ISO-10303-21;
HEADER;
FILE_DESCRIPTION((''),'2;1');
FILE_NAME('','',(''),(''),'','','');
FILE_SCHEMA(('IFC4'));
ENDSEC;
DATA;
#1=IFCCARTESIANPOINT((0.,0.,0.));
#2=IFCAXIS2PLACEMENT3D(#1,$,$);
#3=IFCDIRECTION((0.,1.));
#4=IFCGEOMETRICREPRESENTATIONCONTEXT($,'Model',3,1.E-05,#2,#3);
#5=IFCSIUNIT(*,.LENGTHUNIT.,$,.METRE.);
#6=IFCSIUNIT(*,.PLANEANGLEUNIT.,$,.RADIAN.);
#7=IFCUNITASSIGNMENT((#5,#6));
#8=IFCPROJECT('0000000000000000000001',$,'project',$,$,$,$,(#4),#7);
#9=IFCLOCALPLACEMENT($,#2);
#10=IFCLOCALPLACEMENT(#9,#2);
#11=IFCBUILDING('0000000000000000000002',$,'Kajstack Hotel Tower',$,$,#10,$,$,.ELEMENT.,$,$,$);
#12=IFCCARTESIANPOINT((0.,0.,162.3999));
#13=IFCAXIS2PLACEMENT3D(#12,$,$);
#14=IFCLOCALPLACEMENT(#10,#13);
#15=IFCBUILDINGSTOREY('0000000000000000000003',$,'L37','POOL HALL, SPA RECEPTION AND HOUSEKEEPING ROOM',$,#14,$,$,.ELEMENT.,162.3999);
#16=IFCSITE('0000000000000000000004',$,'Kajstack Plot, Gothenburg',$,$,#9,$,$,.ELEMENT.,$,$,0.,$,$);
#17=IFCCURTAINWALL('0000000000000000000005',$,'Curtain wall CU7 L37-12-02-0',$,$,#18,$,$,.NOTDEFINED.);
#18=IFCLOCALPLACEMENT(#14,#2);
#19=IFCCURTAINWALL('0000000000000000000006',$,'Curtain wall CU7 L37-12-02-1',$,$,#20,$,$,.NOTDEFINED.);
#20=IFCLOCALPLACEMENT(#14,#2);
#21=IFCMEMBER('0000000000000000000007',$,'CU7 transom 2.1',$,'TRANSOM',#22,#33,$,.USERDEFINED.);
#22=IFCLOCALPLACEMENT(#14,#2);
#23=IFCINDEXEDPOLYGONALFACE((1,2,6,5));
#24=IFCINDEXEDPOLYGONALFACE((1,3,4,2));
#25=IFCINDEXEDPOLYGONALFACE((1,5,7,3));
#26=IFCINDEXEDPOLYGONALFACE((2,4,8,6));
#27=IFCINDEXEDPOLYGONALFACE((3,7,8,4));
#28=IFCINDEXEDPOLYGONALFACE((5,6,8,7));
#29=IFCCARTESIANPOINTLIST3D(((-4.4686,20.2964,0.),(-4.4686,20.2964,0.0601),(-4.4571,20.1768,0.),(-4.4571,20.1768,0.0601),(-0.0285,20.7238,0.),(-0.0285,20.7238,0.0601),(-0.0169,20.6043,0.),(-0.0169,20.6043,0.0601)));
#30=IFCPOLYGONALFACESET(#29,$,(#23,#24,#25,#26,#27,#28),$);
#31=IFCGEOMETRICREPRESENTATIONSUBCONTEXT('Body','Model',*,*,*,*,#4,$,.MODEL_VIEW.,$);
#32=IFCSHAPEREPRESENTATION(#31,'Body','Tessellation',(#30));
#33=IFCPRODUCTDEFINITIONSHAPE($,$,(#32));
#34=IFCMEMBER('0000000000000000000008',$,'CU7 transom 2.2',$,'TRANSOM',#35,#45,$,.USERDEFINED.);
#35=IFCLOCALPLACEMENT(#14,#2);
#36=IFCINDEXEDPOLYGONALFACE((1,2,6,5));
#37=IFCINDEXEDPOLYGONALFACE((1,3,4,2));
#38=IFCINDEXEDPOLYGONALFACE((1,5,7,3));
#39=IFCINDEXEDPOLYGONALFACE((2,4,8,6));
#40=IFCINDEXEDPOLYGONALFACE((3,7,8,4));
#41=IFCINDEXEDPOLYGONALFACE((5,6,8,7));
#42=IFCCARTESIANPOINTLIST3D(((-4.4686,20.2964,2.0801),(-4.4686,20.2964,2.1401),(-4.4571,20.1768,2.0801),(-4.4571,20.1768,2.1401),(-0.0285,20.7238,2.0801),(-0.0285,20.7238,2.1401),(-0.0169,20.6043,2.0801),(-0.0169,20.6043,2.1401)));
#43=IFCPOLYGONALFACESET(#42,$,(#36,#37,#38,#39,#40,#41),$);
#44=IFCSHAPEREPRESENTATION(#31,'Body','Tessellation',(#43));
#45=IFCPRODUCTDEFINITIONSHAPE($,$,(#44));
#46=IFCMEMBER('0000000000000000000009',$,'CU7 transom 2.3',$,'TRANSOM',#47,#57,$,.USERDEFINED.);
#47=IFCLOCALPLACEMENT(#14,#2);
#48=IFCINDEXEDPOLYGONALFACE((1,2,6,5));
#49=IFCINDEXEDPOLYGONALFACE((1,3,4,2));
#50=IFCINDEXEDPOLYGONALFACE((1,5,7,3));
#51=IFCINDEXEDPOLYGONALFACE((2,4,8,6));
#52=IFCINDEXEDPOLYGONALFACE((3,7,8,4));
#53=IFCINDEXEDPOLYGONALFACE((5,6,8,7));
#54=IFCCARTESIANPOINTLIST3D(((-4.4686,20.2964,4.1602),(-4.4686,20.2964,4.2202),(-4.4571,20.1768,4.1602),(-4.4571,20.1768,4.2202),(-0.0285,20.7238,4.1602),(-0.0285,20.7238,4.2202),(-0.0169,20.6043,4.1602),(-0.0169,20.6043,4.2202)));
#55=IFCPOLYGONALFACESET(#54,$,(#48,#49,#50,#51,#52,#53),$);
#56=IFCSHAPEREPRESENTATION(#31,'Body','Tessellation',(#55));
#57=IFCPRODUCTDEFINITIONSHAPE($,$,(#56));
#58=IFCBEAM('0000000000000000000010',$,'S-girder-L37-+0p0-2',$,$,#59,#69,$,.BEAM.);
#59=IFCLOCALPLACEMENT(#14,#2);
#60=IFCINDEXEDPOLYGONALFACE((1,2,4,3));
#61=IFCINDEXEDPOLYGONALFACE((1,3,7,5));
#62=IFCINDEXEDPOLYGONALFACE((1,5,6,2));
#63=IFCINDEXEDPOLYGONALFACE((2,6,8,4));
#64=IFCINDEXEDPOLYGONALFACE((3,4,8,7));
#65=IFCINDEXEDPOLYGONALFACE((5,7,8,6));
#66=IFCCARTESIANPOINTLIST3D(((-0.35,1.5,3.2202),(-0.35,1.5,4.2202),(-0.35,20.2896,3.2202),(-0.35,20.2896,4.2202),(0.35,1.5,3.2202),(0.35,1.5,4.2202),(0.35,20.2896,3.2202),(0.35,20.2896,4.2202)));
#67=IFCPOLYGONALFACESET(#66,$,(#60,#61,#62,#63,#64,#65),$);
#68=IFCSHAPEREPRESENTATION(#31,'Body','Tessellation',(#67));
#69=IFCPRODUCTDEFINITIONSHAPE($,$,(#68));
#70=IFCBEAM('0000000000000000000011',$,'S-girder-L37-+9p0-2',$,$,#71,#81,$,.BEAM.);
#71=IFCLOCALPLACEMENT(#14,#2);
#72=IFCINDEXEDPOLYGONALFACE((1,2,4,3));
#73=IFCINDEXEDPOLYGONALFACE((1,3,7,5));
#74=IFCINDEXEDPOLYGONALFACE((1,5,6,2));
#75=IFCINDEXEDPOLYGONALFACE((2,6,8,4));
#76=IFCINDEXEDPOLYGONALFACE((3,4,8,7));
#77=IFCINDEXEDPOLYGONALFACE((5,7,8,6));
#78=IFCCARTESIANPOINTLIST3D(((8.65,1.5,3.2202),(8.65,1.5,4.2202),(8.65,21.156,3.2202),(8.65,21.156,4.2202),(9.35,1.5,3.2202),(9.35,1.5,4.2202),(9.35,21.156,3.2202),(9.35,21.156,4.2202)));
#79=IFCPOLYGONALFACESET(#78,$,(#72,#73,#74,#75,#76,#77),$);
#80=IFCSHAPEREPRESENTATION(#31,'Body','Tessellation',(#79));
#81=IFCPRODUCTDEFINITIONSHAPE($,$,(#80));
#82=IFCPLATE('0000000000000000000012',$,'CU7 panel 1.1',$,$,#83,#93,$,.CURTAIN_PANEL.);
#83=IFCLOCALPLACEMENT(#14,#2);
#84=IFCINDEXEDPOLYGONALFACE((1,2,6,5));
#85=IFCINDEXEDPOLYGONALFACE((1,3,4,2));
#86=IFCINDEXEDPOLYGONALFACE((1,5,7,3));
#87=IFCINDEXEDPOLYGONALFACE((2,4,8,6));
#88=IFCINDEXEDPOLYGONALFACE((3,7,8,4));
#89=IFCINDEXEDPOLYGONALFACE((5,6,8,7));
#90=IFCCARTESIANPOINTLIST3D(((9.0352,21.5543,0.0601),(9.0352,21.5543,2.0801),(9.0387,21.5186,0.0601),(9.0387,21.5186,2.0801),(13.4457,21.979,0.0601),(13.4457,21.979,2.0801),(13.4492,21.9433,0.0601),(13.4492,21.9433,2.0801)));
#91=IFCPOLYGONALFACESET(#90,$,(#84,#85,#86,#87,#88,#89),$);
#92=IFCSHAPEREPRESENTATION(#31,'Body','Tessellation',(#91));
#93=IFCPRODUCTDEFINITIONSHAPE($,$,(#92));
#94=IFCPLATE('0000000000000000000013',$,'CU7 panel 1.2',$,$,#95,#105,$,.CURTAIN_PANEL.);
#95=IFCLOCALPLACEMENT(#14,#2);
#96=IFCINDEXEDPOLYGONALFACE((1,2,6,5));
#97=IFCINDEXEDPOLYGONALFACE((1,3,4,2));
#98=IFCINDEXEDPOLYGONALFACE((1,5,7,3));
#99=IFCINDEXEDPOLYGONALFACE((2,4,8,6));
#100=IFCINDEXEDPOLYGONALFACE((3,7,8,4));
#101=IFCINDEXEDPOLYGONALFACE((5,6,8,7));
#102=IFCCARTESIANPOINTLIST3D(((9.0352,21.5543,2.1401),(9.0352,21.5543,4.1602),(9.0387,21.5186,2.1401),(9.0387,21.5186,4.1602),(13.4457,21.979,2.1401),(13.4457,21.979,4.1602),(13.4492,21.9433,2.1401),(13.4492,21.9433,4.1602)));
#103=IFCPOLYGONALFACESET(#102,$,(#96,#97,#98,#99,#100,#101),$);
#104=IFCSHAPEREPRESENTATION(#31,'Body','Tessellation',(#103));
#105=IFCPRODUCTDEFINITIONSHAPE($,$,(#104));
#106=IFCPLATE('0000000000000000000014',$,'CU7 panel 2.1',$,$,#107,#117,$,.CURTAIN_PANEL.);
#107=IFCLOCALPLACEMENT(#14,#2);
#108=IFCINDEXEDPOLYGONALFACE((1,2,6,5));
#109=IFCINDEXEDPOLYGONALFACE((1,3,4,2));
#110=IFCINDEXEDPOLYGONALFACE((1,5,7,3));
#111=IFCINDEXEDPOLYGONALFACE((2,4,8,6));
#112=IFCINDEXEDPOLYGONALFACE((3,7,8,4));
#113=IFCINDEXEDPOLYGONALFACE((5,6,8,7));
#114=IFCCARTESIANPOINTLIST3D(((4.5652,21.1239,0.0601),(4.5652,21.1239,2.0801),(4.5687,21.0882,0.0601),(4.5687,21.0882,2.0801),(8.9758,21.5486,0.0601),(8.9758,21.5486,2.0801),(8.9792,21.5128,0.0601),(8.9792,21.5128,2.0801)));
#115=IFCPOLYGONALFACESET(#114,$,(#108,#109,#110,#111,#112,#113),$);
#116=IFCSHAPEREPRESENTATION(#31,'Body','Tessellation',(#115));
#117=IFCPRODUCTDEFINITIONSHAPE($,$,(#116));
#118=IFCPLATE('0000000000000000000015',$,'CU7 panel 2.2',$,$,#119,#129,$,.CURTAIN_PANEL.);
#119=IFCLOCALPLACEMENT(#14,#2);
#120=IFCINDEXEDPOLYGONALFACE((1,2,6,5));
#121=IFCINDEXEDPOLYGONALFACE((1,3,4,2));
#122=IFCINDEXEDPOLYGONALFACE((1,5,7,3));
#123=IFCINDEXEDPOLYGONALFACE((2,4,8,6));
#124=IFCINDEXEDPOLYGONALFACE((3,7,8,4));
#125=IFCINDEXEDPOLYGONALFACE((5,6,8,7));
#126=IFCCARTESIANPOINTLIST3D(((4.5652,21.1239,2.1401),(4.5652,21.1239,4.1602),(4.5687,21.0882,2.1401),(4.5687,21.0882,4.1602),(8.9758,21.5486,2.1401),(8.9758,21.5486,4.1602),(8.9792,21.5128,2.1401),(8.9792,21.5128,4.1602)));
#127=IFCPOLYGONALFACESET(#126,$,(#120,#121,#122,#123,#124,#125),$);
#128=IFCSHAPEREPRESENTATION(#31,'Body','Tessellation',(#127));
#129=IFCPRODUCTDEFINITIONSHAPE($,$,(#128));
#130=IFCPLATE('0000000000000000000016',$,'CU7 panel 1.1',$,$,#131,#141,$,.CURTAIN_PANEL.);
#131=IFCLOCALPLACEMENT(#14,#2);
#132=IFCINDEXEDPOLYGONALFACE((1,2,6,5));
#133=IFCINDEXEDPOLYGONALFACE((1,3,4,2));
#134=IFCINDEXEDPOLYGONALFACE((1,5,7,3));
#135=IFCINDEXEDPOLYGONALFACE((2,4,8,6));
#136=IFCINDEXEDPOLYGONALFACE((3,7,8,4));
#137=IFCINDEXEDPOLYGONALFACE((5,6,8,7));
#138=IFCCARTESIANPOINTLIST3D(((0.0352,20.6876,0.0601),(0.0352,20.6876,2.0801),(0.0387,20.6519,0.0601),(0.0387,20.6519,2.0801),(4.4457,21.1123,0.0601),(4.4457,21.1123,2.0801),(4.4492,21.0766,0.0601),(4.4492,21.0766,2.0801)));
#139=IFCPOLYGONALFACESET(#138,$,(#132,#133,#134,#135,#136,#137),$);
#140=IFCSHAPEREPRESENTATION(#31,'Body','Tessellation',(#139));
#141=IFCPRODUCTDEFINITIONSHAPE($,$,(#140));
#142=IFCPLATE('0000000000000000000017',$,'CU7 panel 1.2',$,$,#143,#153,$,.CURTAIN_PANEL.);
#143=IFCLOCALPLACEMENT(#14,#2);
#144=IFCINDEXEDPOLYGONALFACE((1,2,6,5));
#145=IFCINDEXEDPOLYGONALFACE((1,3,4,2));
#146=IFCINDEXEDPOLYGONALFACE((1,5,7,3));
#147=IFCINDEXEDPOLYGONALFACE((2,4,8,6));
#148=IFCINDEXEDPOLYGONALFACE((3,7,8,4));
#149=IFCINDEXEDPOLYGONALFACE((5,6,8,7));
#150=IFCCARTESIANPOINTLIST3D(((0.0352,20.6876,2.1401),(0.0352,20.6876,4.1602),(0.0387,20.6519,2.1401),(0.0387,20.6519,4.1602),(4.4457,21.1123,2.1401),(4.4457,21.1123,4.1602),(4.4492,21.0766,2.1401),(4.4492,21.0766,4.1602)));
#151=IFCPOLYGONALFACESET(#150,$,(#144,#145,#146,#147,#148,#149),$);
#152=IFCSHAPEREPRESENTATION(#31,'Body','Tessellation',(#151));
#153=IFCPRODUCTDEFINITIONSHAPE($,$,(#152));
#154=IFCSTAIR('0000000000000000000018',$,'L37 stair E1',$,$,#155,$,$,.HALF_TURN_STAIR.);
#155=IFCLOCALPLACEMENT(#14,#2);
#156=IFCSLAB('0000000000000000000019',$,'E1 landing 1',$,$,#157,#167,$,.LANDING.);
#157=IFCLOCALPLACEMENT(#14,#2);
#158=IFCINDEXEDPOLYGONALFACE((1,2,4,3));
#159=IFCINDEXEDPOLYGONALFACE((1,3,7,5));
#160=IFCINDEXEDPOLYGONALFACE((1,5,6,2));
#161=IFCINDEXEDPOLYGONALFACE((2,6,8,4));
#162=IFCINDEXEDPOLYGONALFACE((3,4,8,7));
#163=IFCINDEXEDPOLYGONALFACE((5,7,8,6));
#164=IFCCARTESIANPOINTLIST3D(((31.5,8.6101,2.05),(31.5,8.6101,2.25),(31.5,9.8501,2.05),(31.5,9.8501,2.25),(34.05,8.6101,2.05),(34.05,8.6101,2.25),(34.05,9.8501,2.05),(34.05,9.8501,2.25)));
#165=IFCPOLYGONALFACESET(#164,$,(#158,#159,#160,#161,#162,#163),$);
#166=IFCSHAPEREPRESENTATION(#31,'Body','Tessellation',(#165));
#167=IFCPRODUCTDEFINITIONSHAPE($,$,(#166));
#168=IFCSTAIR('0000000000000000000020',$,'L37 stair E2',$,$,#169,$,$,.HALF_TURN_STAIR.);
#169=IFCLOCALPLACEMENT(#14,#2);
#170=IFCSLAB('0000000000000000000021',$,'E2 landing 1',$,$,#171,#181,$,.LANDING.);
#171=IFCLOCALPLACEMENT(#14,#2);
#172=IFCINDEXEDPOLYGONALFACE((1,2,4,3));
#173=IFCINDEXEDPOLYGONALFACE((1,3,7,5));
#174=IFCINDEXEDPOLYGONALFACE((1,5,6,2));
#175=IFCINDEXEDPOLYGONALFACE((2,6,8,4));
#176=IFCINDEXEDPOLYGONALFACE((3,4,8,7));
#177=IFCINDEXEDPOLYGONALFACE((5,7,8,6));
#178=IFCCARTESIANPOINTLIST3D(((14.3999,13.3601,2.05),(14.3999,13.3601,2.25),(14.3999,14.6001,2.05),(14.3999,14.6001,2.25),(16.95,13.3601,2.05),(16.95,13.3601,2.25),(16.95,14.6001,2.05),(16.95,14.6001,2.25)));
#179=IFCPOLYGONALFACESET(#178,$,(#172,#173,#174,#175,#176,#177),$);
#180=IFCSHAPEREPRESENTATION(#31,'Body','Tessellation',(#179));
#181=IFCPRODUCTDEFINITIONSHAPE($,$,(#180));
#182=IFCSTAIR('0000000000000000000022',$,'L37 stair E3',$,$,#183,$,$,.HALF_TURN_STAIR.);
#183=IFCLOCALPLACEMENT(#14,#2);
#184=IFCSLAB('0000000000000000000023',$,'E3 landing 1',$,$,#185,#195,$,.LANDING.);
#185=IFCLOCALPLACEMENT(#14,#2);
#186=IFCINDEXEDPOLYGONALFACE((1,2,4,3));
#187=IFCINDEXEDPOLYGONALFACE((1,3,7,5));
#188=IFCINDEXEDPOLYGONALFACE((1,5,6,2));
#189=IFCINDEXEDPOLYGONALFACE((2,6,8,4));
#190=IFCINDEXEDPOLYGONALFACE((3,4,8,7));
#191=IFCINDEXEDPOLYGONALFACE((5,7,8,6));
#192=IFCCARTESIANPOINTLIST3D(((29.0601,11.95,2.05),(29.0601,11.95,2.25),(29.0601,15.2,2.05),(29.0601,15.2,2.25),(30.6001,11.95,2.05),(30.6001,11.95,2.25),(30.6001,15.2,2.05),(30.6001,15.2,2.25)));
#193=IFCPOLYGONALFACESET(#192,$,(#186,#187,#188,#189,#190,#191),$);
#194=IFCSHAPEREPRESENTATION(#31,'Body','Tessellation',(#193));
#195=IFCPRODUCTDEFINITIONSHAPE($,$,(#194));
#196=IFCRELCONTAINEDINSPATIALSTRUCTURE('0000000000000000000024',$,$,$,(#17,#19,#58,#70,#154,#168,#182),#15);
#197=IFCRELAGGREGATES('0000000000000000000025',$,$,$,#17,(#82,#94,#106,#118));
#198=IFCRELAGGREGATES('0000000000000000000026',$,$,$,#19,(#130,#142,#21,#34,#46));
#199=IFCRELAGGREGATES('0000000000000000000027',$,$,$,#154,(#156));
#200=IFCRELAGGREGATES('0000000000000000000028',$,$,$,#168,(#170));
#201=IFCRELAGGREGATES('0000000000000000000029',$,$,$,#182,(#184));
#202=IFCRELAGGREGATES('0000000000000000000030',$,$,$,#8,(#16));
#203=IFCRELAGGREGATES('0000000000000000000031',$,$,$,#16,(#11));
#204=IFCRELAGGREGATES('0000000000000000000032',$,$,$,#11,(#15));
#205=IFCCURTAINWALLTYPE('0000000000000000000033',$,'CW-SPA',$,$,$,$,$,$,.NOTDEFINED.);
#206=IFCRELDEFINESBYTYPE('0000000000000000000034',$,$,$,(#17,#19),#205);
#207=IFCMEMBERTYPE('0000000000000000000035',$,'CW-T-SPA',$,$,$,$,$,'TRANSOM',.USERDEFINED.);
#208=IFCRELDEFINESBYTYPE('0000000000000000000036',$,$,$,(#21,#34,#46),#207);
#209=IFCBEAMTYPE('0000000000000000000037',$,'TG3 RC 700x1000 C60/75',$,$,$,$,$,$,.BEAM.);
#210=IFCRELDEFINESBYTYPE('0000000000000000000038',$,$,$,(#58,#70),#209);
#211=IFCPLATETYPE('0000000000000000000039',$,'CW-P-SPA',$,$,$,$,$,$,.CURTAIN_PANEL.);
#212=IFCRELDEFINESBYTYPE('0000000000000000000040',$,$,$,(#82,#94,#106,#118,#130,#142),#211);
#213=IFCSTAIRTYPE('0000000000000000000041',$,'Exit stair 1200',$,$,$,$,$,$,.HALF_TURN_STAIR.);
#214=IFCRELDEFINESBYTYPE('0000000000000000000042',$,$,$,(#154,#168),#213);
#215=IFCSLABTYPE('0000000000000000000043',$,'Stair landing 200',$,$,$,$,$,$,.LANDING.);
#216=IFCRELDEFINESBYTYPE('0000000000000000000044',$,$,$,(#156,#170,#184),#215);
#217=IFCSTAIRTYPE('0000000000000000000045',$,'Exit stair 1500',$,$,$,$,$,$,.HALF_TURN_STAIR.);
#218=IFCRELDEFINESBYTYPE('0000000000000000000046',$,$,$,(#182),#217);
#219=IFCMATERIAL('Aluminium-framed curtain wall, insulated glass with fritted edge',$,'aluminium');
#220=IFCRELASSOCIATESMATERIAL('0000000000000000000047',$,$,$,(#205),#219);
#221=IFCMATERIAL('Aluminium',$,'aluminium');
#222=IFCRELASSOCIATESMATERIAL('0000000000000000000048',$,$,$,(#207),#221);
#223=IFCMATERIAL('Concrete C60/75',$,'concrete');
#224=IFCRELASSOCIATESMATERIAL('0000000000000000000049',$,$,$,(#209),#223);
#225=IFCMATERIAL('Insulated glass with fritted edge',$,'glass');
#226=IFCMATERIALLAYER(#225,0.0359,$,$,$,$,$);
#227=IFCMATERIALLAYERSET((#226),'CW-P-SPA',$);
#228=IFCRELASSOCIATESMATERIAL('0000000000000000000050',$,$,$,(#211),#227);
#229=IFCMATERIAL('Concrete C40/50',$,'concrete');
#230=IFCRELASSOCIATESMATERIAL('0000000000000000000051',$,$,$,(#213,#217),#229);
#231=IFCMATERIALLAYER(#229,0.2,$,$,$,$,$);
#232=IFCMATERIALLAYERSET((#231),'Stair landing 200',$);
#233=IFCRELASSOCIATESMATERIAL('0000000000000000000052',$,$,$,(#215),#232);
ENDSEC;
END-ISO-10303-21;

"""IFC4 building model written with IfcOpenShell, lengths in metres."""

from ifc_helpers import new_model, si_unit, direction, frame, origin, origin_2d, place, context, subcontext, project, spatial, polyline, rectangle, outline, extrude, material, layer, layer_set, material_profile, profile_set, type_object, element, aggregate, save


model = new_model("IFC4")

# Units and contexts
model_context = context("Model", 3, precision=1e-05, world=origin(), true_north=direction((0.0, 1.0)))
body_context = subcontext(model_context, "Body", "Model", "MODEL_VIEW")
ifc_project = project(units=[si_unit("LENGTHUNIT", "METRE"), si_unit("PLANEANGLEUNIT", "RADIAN")], contexts=[model_context])

# Site, building, storey
site_placement = place(None, origin())
site = spatial("IfcSite", under=ifc_project, at=site_placement, Name="Kajstack Plot, Gothenburg", CompositionType="ELEMENT", RefElevation=0.0)
building_placement = place(site_placement, origin())
building = spatial("IfcBuilding", under=site, at=building_placement, Name="Kajstack Hotel Tower", CompositionType="ELEMENT")
storey_placement = place(building_placement, frame((0.0, 0.0, 162.3999)))
storey = spatial("IfcBuildingStorey", under=building, at=storey_placement, Name="L37", Description="POOL HALL, SPA RECEPTION AND HOUSEKEEPING ROOM", CompositionType="ELEMENT", Elevation=162.3999)

# Curtain walls
ifc_material_1 = material(Name="Aluminium-framed curtain wall, insulated glass with fritted edge", Category="aluminium")
curtain_wall_type = type_object("IfcCurtainWallType", Name="CW-SPA", PredefinedType="NOTDEFINED", material=ifc_material_1)
curtain_wall_1_placement = place(storey_placement, origin())
curtain_wall_1 = element("IfcCurtainWall", 1, at=curtain_wall_1_placement, inside=storey, type_object=curtain_wall_type, Name="Curtain wall CU7 L37-12-02-0", PredefinedType="NOTDEFINED")
ifc_material_2 = material(Name="Aluminium", Category="aluminium")
curtain_wall_2_placement = place(storey_placement, origin())
curtain_wall_2 = element("IfcCurtainWall", 2, at=curtain_wall_2_placement, inside=storey, type_object=curtain_wall_type, Name="Curtain wall CU7 L37-12-02-1", PredefinedType="NOTDEFINED")

# Members
ifc_material_profile_1 = material_profile(ifc_material_2, rectangle(XDim=0.1201, YDim=0.0601, at=origin_2d()), Name="Aluminium transom 120 x 60")
ifc_profile_set_1 = profile_set([ifc_material_profile_1], Name="Aluminium")
member_type_1 = type_object("IfcMemberType", Name="CW-T-SPA", ElementType="TRANSOM", PredefinedType="USERDEFINED", material=ifc_profile_set_1)
member_1_placement = place(storey_placement, frame((-0.0227, 20.6641, 0.03), z_axis=(-0.995397, -0.095834, 0.0), x_axis=(0.095834, -0.995397, 0.0)))
member_1 = element("IfcMember", 3, at=member_1_placement, type_object=member_type_1, Name="CU7 transom 2.1", ObjectType="TRANSOM", PredefinedType="USERDEFINED", context=body_context, shape_type="SweptSolid", body=[
    extrude(rectangle(XDim=0.1201, YDim=0.0601, at=origin_2d()), origin(), (0.0, 0.0, 1.0), 4.4607),
])
member_2_placement = place(storey_placement, frame((-0.0227, 20.6641, 2.1101), z_axis=(-0.995397, -0.095834, 0.0), x_axis=(0.095834, -0.995397, 0.0)))
member_2 = element("IfcMember", 4, at=member_2_placement, type_object=member_type_1, Name="CU7 transom 2.2", ObjectType="TRANSOM", PredefinedType="USERDEFINED", context=body_context, shape_type="SweptSolid", body=[
    extrude(rectangle(XDim=0.1201, YDim=0.0601, at=origin_2d()), origin(), (0.0, 0.0, 1.0), 4.4607),
])
member_3_placement = place(storey_placement, frame((-0.0227, 20.6641, 4.1902), z_axis=(-0.995397, -0.095834, 0.0), x_axis=(0.095834, -0.995397, 0.0)))
member_3 = element("IfcMember", 5, at=member_3_placement, type_object=member_type_1, Name="CU7 transom 2.3", ObjectType="TRANSOM", PredefinedType="USERDEFINED", context=body_context, shape_type="SweptSolid", body=[
    extrude(rectangle(XDim=0.1201, YDim=0.0601, at=origin_2d()), origin(), (0.0, 0.0, 1.0), 4.4607),
])

# Beams
ifc_material_3 = material(Name="Concrete C60/75", Category="concrete")
ifc_material_profile_2 = material_profile(ifc_material_3, rectangle(XDim=0.7, YDim=1.0, at=origin_2d()), Name="RC 700x1000")
ifc_profile_set_2 = profile_set([ifc_material_profile_2], Name="Concrete C60/75")
beam_type = type_object("IfcBeamType", Name="TG3 RC 700x1000 C60/75", PredefinedType="BEAM", material=ifc_profile_set_2)
beam_1_placement = place(storey_placement, frame((0.0, 1.5, 3.7202), z_axis=(0.0, 1.0, 0.0), x_axis=(-1.0, 0.0, 0.0)))
element("IfcBeam", 6, at=beam_1_placement, inside=storey, type_object=beam_type, Name="S-girder-L37-+0p0-2", PredefinedType="BEAM", context=body_context, shape_type="SweptSolid", body=[
    extrude(rectangle(XDim=0.7, YDim=1.0, at=origin_2d()), origin(), (0.0, 0.0, 1.0), 18.7896),
])
beam_2_placement = place(storey_placement, frame((9.0, 1.5, 3.7202), z_axis=(0.0, 1.0, 0.0), x_axis=(-1.0, 0.0, 0.0)))
element("IfcBeam", 7, at=beam_2_placement, inside=storey, type_object=beam_type, Name="S-girder-L37-+9p0-2", PredefinedType="BEAM", context=body_context, shape_type="SweptSolid", body=[
    extrude(rectangle(XDim=0.7, YDim=1.0, at=origin_2d()), origin(), (0.0, 0.0, 1.0), 19.656),
])

# Plates
ifc_material_4 = material(Name="Insulated glass with fritted edge", Category="glass")
ifc_layer_1 = layer(ifc_material_4, 0.0359)
ifc_layer_set_1 = layer_set([ifc_layer_1], Name="CW-P-SPA")
plate_type = type_object("IfcPlateType", Name="CW-P-SPA", PredefinedType="CURTAIN_PANEL", material=ifc_layer_set_1)
plate_1_placement = place(storey_placement, frame((11.2422, 21.7488, 0.0601), z_axis=(0.0, 0.0, 1.0), x_axis=(-0.995396, -0.095845, 0.0)))
plate_1 = element("IfcPlate", 8, at=plate_1_placement, type_object=plate_type, Name="CU7 panel 1.1", PredefinedType="CURTAIN_PANEL", context=body_context, shape_type="SweptSolid", body=[
    extrude(rectangle(XDim=4.4309, YDim=0.0359, at=origin_2d()), origin(), (0.0, 0.0, 1.0), 2.02),
])
plate_2_placement = place(storey_placement, frame((11.2422, 21.7488, 2.1401), z_axis=(0.0, 0.0, 1.0), x_axis=(-0.995396, -0.095845, 0.0)))
plate_2 = element("IfcPlate", 9, at=plate_2_placement, type_object=plate_type, Name="CU7 panel 1.2", PredefinedType="CURTAIN_PANEL", context=body_context, shape_type="SweptSolid", body=[
    extrude(rectangle(XDim=4.4309, YDim=0.0359, at=origin_2d()), origin(), (0.0, 0.0, 1.0), 2.02),
])
plate_3_placement = place(storey_placement, frame((6.7722, 21.3184, 0.0601), z_axis=(0.0, 0.0, 1.0), x_axis=(-0.995396, -0.095845, 0.0)))
plate_3 = element("IfcPlate", 10, at=plate_3_placement, type_object=plate_type, Name="CU7 panel 2.1", PredefinedType="CURTAIN_PANEL", context=body_context, shape_type="SweptSolid", body=[
    extrude(rectangle(XDim=4.4309, YDim=0.0359, at=origin_2d()), origin(), (0.0, 0.0, 1.0), 2.02),
])
plate_4_placement = place(storey_placement, frame((6.7722, 21.3184, 2.1401), z_axis=(0.0, 0.0, 1.0), x_axis=(-0.995396, -0.095845, 0.0)))
plate_4 = element("IfcPlate", 11, at=plate_4_placement, type_object=plate_type, Name="CU7 panel 2.2", PredefinedType="CURTAIN_PANEL", context=body_context, shape_type="SweptSolid", body=[
    extrude(rectangle(XDim=4.4309, YDim=0.0359, at=origin_2d()), origin(), (0.0, 0.0, 1.0), 2.02),
])
aggregate(curtain_wall_1, [plate_1, plate_2, plate_3, plate_4])
plate_5_placement = place(storey_placement, frame((2.2422, 20.8821, 0.0601), z_axis=(0.0, 0.0, 1.0), x_axis=(-0.995396, -0.095845, 0.0)))
plate_5 = element("IfcPlate", 12, at=plate_5_placement, type_object=plate_type, Name="CU7 panel 1.1", PredefinedType="CURTAIN_PANEL", context=body_context, shape_type="SweptSolid", body=[
    extrude(rectangle(XDim=4.4309, YDim=0.0359, at=origin_2d()), origin(), (0.0, 0.0, 1.0), 2.02),
])
plate_6_placement = place(storey_placement, frame((2.2422, 20.8821, 2.1401), z_axis=(0.0, 0.0, 1.0), x_axis=(-0.995396, -0.095845, 0.0)))
plate_6 = element("IfcPlate", 13, at=plate_6_placement, type_object=plate_type, Name="CU7 panel 1.2", PredefinedType="CURTAIN_PANEL", context=body_context, shape_type="SweptSolid", body=[
    extrude(rectangle(XDim=4.4309, YDim=0.0359, at=origin_2d()), origin(), (0.0, 0.0, 1.0), 2.02),
])
aggregate(curtain_wall_2, [plate_5, plate_6, member_1, member_2, member_3])

# Stairs, slabs
ifc_material_5 = material(Name="Concrete C40/50", Category="concrete")
stair_type_1 = type_object("IfcStairType", Name="Exit stair 1200", PredefinedType="HALF_TURN_STAIR", material=ifc_material_5)
stair_1_placement = place(storey_placement, origin())
stair_1 = element("IfcStair", 14, at=stair_1_placement, inside=storey, type_object=stair_type_1, Name="L37 stair E1", PredefinedType="HALF_TURN_STAIR")
ifc_layer_2 = layer(ifc_material_5, 0.2)
ifc_layer_set_2 = layer_set([ifc_layer_2], Name="Stair landing 200")
slab_type = type_object("IfcSlabType", Name="Stair landing 200", PredefinedType="LANDING", material=ifc_layer_set_2)
slab_1_placement = place(storey_placement, frame((0.0, 0.0, 2.05)))
slab_1 = element("IfcSlab", 15, at=slab_1_placement, type_object=slab_type, Name="E1 landing 1", PredefinedType="LANDING", context=body_context, shape_type="SweptSolid", body=[
    extrude(outline(polyline([(34.05, 8.6101), (34.05, 9.8501), (31.5, 9.8501), (31.5, 8.6101), (34.05, 8.6101)])), origin(), (0.0, 0.0, 1.0), 0.2),
])
aggregate(stair_1, [slab_1])
stair_2_placement = place(storey_placement, origin())
stair_2 = element("IfcStair", 16, at=stair_2_placement, inside=storey, type_object=stair_type_1, Name="L37 stair E2", PredefinedType="HALF_TURN_STAIR")
slab_2_placement = place(storey_placement, frame((0.0, 0.0, 2.05)))
slab_2 = element("IfcSlab", 17, at=slab_2_placement, type_object=slab_type, Name="E2 landing 1", PredefinedType="LANDING", context=body_context, shape_type="SweptSolid", body=[
    extrude(outline(polyline([(16.95, 13.3601), (16.95, 14.6001), (14.3999, 14.6001), (14.3999, 13.3601), (16.95, 13.3601)])), origin(), (0.0, 0.0, 1.0), 0.2),
])
aggregate(stair_2, [slab_2])
stair_type_2 = type_object("IfcStairType", Name="Exit stair 1500", PredefinedType="HALF_TURN_STAIR", material=ifc_material_5)
stair_3_placement = place(storey_placement, origin())
stair_3 = element("IfcStair", 18, at=stair_3_placement, inside=storey, type_object=stair_type_2, Name="L37 stair E3", PredefinedType="HALF_TURN_STAIR")
slab_3_placement = place(storey_placement, frame((0.0, 0.0, 2.05)))
slab_3 = element("IfcSlab", 19, at=slab_3_placement, type_object=slab_type, Name="E3 landing 1", PredefinedType="LANDING", context=body_context, shape_type="SweptSolid", body=[
    extrude(outline(polyline([(29.0601, 11.95), (30.6001, 11.95), (30.6001, 15.2), (29.0601, 15.2), (29.0601, 11.95)])), origin(), (0.0, 0.0, 1.0), 0.2),
])
aggregate(stair_3, [slab_3])

save(model, "model.ifc")
